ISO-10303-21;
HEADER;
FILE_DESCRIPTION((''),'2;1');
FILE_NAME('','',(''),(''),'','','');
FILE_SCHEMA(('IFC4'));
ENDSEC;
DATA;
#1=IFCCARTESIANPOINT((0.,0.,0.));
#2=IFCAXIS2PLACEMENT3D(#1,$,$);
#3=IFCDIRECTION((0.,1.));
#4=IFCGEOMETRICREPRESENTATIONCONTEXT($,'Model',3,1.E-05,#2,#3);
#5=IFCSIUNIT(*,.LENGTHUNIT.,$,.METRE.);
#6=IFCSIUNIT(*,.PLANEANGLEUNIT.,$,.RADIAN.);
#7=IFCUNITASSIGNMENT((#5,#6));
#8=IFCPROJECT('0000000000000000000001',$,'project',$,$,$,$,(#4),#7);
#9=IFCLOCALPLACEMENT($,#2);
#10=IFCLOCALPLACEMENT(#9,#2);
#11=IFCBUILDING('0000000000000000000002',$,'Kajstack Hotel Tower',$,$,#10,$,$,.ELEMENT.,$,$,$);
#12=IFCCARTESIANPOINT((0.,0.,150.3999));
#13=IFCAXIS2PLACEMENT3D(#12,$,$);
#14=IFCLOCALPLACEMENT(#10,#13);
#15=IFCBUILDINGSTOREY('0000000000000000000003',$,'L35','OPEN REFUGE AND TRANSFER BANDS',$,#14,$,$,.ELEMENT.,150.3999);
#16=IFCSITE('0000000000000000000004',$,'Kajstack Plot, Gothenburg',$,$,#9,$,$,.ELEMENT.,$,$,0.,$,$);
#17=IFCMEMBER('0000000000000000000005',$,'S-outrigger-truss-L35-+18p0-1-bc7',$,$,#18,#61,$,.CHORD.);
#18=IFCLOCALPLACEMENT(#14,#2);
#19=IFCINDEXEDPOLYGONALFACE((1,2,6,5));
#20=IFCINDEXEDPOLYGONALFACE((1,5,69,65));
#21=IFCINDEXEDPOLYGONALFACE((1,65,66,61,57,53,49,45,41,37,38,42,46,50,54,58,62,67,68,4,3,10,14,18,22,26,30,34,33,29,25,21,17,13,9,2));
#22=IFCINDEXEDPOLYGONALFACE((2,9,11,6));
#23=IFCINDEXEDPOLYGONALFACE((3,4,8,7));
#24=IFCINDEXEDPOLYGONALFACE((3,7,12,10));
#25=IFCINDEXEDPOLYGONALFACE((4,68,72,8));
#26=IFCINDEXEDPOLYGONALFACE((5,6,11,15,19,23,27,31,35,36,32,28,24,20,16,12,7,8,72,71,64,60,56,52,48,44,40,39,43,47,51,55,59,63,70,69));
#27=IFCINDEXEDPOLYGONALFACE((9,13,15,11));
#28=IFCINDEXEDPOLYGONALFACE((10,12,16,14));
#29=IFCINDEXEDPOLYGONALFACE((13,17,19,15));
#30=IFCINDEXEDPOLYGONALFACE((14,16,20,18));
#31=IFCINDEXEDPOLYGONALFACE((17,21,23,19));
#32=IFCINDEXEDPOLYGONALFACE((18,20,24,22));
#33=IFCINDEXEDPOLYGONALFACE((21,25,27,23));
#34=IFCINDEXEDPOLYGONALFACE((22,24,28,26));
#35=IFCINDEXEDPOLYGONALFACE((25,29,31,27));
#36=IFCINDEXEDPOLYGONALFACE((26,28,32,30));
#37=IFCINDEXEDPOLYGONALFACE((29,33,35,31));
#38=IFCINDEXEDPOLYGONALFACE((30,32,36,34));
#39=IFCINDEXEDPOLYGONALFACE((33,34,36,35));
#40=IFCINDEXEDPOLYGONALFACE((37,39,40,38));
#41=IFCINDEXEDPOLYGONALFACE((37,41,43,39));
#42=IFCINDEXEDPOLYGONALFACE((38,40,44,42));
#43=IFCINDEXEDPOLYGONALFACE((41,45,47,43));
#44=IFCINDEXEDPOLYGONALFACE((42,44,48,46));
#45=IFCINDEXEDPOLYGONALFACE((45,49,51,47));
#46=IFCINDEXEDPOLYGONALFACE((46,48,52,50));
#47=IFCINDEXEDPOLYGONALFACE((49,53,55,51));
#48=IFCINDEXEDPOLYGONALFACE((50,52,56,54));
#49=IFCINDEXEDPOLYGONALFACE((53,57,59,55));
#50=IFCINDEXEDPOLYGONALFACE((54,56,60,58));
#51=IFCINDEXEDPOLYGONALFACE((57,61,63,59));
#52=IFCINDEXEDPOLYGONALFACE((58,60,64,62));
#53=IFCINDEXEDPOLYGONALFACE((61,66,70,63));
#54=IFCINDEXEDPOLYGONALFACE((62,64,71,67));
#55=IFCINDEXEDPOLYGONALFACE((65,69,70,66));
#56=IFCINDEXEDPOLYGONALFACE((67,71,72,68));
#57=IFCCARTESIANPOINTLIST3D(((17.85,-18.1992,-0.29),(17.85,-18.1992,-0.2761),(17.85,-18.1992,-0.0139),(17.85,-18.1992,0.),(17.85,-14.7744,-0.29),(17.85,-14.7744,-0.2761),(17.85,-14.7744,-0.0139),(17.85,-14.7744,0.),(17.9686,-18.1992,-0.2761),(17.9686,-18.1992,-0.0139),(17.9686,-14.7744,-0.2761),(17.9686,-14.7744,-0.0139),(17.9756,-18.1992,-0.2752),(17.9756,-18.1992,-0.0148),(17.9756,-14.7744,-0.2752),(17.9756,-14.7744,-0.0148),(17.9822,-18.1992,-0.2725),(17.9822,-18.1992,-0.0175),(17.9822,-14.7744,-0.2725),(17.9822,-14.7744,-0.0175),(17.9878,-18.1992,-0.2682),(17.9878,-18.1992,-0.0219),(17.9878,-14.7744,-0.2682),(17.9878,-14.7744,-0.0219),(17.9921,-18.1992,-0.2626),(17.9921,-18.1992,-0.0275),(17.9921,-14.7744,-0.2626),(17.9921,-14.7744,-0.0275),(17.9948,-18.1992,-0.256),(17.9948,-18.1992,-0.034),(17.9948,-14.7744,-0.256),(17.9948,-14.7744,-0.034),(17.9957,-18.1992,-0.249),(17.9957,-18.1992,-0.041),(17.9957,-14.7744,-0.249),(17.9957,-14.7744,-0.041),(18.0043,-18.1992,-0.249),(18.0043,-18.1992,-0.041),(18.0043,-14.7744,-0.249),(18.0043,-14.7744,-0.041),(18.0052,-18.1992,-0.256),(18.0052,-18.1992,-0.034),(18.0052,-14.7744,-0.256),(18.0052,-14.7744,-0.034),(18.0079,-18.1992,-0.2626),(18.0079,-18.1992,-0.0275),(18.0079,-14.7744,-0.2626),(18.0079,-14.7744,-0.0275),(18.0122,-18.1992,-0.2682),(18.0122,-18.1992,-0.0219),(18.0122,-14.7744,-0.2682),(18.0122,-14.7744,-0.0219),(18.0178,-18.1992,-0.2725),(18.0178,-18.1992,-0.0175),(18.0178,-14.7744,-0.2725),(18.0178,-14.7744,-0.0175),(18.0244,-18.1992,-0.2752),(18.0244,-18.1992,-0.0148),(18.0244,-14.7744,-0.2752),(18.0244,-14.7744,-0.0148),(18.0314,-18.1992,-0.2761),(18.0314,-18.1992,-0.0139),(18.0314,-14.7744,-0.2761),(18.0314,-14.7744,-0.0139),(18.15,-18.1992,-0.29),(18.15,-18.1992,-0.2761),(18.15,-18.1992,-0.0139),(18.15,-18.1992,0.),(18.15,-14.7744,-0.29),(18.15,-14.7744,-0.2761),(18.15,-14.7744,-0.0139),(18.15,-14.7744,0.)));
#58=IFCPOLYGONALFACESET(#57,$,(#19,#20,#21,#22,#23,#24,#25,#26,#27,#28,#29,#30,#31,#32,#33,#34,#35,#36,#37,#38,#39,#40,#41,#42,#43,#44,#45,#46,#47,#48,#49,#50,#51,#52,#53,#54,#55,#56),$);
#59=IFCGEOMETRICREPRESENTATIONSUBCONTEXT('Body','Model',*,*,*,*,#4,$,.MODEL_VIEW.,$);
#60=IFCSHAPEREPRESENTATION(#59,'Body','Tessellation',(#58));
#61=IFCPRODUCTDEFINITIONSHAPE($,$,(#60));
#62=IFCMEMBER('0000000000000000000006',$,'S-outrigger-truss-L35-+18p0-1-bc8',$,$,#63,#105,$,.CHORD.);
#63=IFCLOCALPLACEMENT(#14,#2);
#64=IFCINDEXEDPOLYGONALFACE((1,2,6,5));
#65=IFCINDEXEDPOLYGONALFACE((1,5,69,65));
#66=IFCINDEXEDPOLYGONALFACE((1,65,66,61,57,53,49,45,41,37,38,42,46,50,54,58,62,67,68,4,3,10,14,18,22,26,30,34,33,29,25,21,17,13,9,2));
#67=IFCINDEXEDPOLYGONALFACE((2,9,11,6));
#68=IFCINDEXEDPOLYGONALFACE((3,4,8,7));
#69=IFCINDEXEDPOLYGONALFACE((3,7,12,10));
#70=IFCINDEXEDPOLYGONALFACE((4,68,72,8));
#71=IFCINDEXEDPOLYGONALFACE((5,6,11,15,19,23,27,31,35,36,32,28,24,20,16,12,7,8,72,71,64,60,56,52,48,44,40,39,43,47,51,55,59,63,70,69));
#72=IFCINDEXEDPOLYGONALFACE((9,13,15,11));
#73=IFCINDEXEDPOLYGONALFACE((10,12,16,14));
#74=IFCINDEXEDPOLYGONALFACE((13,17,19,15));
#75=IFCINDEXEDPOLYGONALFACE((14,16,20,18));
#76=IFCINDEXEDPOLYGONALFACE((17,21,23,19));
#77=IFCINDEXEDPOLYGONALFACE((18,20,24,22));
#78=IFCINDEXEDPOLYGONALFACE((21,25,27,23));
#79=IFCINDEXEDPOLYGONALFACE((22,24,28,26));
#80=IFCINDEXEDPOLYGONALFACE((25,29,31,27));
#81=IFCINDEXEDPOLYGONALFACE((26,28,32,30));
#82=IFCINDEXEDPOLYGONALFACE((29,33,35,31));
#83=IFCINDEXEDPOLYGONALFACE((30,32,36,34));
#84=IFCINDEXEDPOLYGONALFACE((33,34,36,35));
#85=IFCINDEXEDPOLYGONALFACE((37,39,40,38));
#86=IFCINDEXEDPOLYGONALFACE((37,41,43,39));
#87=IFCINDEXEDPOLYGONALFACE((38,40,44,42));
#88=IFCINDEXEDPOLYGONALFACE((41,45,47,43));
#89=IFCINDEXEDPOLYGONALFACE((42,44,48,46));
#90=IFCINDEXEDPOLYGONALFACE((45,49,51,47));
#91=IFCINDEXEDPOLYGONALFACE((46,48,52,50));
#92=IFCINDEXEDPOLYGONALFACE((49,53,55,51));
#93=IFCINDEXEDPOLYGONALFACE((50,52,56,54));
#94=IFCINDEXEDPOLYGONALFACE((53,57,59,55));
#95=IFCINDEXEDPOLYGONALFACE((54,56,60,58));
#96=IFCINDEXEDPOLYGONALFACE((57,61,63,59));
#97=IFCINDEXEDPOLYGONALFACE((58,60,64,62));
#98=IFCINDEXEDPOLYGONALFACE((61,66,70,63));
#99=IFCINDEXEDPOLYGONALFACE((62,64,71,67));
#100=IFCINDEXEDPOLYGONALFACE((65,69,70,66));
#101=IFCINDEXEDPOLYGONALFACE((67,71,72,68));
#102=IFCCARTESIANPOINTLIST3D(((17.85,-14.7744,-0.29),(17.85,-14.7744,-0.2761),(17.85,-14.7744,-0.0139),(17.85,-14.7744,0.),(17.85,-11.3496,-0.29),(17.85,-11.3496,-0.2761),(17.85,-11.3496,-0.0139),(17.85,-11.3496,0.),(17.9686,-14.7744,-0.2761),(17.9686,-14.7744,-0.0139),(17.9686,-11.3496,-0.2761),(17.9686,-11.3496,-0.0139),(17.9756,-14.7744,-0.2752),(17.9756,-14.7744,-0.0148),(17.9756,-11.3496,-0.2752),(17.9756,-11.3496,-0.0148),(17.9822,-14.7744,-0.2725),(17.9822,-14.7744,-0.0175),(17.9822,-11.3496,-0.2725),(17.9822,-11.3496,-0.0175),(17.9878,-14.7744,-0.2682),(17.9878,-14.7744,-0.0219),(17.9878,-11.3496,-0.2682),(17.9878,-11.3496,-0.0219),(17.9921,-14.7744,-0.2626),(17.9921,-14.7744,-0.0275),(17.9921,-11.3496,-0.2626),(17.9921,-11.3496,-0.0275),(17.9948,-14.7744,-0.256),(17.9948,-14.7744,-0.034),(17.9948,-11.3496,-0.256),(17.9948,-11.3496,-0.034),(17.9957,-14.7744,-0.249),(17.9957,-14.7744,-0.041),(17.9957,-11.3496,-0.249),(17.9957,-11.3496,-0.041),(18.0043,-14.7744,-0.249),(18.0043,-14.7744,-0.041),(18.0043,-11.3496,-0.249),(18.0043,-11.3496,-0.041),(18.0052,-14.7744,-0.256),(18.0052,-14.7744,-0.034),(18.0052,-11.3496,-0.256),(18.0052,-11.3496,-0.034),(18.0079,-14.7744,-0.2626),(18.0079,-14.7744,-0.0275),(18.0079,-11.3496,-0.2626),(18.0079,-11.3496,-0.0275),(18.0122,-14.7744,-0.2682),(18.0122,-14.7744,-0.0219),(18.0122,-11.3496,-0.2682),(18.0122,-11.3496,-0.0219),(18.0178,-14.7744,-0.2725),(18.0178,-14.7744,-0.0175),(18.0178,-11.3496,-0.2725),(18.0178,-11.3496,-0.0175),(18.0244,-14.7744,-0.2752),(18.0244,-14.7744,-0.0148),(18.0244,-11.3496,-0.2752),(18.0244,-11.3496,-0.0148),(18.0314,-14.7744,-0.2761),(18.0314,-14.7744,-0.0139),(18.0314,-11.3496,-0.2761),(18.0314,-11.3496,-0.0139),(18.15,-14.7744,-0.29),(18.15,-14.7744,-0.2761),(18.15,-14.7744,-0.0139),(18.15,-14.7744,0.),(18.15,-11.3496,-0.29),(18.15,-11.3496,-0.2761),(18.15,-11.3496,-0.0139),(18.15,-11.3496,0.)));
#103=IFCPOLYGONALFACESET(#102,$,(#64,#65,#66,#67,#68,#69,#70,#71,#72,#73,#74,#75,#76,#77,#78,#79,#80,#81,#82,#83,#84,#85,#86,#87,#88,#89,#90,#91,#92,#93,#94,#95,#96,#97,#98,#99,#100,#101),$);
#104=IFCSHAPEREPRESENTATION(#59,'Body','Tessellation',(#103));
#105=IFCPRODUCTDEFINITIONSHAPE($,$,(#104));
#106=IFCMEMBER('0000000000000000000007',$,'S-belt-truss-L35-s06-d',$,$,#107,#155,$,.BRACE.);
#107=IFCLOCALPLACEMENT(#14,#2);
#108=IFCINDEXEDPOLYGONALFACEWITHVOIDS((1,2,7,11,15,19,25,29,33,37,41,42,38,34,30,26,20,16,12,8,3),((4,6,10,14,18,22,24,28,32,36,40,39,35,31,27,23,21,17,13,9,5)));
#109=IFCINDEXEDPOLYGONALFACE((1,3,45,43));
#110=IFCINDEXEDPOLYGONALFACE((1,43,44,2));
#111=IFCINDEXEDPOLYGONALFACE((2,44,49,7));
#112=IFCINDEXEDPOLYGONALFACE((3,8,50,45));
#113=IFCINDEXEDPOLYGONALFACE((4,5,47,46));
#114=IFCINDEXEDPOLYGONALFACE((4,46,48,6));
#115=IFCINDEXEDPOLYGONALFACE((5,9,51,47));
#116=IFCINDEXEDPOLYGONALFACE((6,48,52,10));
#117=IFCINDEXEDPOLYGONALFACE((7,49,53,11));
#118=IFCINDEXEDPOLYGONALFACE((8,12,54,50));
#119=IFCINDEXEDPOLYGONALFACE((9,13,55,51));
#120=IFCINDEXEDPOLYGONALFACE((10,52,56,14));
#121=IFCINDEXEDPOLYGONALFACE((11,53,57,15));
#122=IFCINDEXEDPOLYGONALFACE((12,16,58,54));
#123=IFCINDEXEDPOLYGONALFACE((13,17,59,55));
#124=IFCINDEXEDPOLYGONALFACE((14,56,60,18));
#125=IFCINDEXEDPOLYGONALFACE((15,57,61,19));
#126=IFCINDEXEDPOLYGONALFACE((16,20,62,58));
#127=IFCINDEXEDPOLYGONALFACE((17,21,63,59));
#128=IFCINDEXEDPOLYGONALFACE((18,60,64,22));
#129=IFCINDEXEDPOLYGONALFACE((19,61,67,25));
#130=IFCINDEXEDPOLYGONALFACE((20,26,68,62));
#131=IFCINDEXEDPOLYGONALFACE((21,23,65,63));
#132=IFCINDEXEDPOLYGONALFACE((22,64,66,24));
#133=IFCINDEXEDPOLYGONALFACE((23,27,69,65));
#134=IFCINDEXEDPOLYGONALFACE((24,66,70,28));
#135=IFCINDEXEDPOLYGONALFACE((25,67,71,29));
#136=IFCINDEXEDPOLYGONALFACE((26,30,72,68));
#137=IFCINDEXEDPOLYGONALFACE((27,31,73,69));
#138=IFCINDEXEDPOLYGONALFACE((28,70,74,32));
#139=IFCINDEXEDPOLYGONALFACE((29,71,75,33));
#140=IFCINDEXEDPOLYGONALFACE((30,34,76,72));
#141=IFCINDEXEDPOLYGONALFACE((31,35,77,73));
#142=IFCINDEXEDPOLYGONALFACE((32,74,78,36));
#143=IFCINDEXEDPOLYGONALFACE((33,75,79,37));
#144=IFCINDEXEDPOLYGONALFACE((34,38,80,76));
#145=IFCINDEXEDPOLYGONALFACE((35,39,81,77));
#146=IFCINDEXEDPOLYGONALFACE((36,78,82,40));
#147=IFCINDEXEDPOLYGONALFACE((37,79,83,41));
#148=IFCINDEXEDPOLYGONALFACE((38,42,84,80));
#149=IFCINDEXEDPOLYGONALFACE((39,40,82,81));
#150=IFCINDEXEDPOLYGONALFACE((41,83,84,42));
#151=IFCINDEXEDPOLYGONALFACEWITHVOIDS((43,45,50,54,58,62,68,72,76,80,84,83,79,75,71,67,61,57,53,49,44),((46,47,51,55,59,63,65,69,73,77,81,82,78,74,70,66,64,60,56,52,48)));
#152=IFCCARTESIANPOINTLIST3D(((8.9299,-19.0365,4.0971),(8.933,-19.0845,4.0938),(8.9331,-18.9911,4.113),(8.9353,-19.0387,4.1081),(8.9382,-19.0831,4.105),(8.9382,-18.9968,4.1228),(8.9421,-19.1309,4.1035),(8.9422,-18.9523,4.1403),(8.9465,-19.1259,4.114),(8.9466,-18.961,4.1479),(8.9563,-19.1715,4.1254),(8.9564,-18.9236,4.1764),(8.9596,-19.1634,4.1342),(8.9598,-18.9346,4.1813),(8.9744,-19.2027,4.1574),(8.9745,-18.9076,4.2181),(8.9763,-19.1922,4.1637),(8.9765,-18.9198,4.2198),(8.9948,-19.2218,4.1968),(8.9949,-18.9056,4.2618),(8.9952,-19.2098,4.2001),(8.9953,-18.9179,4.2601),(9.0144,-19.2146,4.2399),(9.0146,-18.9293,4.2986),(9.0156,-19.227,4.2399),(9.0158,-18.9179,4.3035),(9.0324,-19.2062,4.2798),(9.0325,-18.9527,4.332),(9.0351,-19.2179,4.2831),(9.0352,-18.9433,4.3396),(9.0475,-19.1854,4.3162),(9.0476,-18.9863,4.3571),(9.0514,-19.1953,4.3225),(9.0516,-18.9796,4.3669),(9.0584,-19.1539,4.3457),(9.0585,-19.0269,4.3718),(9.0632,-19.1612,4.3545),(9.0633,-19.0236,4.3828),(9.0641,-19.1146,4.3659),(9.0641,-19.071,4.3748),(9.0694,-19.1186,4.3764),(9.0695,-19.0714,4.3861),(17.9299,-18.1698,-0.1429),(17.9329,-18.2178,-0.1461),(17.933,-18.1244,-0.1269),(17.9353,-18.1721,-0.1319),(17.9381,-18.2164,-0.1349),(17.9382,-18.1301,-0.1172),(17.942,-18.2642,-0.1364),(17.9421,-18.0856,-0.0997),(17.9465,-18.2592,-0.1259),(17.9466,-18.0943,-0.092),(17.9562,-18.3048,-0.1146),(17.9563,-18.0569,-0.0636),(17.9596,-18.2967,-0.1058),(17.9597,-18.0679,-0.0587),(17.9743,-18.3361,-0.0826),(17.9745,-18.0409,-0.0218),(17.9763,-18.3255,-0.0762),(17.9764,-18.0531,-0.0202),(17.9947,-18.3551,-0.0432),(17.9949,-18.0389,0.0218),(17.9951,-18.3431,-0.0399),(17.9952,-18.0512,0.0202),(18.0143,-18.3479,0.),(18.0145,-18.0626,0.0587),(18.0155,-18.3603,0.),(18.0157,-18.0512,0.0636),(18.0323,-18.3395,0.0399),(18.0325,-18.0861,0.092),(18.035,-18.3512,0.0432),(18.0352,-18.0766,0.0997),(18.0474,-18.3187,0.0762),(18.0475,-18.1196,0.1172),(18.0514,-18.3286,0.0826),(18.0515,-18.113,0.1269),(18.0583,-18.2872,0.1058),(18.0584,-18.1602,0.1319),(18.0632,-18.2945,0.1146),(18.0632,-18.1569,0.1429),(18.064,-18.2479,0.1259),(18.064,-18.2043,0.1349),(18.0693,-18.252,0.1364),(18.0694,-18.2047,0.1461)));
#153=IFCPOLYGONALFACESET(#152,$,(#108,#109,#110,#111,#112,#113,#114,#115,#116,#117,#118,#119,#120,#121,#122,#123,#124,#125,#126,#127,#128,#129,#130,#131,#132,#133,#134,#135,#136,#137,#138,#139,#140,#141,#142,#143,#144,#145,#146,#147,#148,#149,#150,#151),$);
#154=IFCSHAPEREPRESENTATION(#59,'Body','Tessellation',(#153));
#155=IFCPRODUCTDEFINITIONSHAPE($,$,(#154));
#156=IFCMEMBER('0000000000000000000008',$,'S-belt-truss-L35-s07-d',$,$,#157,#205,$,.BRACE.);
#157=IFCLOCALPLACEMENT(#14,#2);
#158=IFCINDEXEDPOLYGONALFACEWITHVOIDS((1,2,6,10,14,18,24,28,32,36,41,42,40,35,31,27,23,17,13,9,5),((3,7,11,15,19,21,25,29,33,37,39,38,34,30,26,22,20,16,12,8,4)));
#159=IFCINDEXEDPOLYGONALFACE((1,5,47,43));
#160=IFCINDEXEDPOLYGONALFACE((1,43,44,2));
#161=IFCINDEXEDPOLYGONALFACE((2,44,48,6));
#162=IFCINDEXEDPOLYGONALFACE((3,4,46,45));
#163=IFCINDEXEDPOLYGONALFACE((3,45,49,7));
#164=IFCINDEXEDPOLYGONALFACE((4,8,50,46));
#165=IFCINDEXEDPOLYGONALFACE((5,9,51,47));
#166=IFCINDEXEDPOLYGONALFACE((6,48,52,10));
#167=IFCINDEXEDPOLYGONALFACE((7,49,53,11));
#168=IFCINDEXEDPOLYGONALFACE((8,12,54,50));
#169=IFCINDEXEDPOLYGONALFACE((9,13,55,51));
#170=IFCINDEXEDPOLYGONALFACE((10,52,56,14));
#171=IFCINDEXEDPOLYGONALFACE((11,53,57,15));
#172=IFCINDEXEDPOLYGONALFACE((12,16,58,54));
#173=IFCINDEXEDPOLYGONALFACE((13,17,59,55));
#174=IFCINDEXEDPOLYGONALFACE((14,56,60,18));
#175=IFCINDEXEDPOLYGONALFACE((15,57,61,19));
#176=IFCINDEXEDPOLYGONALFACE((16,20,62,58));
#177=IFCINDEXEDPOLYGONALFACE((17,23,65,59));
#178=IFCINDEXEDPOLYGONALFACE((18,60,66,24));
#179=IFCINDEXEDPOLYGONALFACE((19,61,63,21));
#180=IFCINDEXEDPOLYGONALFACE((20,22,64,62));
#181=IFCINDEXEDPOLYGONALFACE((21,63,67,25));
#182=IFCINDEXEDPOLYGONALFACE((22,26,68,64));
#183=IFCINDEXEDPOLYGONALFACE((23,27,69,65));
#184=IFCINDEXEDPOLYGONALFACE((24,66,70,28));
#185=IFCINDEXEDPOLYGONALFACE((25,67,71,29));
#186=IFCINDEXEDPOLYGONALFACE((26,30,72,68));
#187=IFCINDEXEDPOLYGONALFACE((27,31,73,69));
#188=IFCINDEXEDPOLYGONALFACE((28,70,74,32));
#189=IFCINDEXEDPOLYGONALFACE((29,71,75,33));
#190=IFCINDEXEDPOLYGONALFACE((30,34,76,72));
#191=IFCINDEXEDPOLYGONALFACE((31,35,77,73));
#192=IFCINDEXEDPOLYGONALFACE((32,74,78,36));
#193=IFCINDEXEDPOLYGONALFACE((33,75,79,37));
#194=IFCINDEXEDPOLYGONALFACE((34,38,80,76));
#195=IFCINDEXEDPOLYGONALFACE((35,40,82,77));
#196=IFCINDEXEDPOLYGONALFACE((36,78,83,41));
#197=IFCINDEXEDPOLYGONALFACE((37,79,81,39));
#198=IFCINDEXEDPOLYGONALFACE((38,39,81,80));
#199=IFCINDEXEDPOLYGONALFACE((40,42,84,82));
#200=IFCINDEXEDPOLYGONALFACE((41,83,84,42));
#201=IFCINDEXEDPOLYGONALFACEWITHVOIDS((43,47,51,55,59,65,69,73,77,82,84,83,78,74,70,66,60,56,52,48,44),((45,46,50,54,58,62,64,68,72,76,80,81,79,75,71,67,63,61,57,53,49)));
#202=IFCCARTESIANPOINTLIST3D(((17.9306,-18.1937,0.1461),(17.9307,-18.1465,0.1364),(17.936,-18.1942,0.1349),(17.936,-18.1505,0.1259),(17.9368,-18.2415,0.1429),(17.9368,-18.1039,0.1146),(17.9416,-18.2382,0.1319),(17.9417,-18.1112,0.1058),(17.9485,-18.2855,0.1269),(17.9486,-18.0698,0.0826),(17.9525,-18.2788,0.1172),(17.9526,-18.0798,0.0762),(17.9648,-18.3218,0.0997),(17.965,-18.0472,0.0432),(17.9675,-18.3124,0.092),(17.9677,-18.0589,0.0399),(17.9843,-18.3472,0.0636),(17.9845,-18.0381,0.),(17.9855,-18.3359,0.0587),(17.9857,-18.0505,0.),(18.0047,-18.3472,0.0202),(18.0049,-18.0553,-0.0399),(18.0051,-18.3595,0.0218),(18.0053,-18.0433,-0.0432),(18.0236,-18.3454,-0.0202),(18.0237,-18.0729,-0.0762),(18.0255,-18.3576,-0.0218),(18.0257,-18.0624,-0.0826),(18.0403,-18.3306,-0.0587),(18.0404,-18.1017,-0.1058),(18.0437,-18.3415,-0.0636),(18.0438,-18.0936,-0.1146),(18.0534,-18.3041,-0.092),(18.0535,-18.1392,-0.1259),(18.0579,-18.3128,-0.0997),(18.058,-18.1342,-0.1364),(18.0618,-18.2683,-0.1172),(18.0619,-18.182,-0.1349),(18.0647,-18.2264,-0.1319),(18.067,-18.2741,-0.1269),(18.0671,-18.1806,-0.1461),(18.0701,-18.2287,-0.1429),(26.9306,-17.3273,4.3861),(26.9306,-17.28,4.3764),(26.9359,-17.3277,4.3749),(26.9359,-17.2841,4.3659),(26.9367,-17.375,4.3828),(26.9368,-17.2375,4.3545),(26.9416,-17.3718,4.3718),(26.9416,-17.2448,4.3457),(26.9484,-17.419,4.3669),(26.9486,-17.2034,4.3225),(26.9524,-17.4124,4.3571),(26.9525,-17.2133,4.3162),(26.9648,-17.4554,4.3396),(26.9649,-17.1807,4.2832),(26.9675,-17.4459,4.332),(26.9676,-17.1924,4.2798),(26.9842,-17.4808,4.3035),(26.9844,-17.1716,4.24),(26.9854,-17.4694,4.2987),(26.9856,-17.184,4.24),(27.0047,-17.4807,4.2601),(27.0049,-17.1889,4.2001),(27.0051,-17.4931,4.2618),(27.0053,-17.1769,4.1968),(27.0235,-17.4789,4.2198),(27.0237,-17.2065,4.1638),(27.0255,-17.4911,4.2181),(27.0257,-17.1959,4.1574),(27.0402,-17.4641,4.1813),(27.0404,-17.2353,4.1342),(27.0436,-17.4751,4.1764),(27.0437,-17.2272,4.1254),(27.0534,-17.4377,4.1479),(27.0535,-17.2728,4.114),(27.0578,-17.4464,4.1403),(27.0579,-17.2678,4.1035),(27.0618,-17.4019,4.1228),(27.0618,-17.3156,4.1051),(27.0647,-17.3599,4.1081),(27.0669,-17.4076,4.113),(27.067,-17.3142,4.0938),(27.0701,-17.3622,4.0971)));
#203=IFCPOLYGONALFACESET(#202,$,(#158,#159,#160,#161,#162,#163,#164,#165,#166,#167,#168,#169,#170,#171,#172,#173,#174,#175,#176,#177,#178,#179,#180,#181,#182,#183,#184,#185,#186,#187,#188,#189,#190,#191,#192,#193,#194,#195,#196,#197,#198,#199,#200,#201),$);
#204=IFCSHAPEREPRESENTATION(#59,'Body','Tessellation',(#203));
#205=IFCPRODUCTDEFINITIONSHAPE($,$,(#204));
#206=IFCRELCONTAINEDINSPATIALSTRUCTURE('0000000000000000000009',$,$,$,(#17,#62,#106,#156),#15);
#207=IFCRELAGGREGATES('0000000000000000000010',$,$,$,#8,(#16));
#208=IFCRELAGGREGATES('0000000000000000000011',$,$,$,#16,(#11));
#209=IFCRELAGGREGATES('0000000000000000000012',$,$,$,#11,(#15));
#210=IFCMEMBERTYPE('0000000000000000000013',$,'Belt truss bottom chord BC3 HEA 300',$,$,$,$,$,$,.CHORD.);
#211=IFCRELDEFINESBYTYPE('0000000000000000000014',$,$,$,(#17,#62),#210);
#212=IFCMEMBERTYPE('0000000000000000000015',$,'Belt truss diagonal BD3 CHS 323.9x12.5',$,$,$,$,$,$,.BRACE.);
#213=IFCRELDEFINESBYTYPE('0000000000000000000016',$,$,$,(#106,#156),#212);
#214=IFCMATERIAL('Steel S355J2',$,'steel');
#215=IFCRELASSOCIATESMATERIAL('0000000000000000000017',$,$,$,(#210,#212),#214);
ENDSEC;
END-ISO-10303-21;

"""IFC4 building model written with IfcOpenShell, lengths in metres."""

from ifc_helpers import new_model, si_unit, direction, frame, origin, origin_2d, place, context, subcontext, project, spatial, hollow_circle, i_section, extrude, material, material_profile, profile_set, type_object, element, save


model = new_model("IFC4")

# Units and contexts
model_context = context("Model", 3, precision=1e-05, world=origin(), true_north=direction((0.0, 1.0)))
body_context = subcontext(model_context, "Body", "Model", "MODEL_VIEW")
ifc_project = project(units=[si_unit("LENGTHUNIT", "METRE"), si_unit("PLANEANGLEUNIT", "RADIAN")], contexts=[model_context])

# Site, building, storey
site_placement = place(None, origin())
site = spatial("IfcSite", under=ifc_project, at=site_placement, Name="Kajstack Plot, Gothenburg", CompositionType="ELEMENT", RefElevation=0.0)
building_placement = place(site_placement, origin())
building = spatial("IfcBuilding", under=site, at=building_placement, Name="Kajstack Hotel Tower", CompositionType="ELEMENT")
storey_placement = place(building_placement, frame((0.0, 0.0, 150.3999)))
storey = spatial("IfcBuildingStorey", under=building, at=storey_placement, Name="L35", Description="OPEN REFUGE AND TRANSFER BANDS", CompositionType="ELEMENT", Elevation=150.3999)

# Members
ifc_material_1 = material(Name="Steel S355J2", Category="steel")
ifc_material_profile_1 = material_profile(ifc_material_1, i_section(OverallWidth=0.3, OverallDepth=0.29, WebThickness=0.0085, FlangeThickness=0.0139, FilletRadius=0.0271, at=origin_2d()), Name="HEA 300")
ifc_profile_set_1 = profile_set([ifc_material_profile_1], Name="Steel S355J2")
member_type_1 = type_object("IfcMemberType", Name="Belt truss bottom chord BC3 HEA 300", PredefinedType="CHORD", material=ifc_profile_set_1)
for number, where, z_axis, x_axis, name in (
    (1, (18.0, -18.1992, -0.145), (0.0, 1.0, 0.0), (-1.0, 0.0, 0.0), "S-outrigger-truss-L35-+18p0-1-bc7"),
    (2, (18.0, -14.7744, -0.145), (0.0, 1.0, 0.0), (-1.0, 0.0, 0.0), "S-outrigger-truss-L35-+18p0-1-bc8"),
):
    element("IfcMember", number, at=place(storey_placement, frame(where, z_axis=z_axis, x_axis=x_axis)), inside=storey, type_object=member_type_1, Name=name, PredefinedType="CHORD", context=body_context, shape_type="SweptSolid", body=[
        extrude(i_section(OverallWidth=0.3, OverallDepth=0.29, WebThickness=0.0085, FlangeThickness=0.0139, FilletRadius=0.0271, at=origin_2d()), origin(), (0.0, 0.0, 1.0), 3.4248),
    ])
ifc_material_profile_2 = material_profile(ifc_material_1, hollow_circle(Radius=0.1619, WallThickness=0.0125, at=origin_2d()), Name="CHS 323.9x12.5")
ifc_profile_set_2 = profile_set([ifc_material_profile_2], Name="Steel S355J2")
member_type_2 = type_object("IfcMemberType", Name="Belt truss diagonal BD3 CHS 323.9x12.5", PredefinedType="BRACE", material=ifc_profile_set_2)
for number, where, z_axis, x_axis, name in (
    (3, (18.0, -18.1992, 0.0), (-0.901223, -0.086788, 0.424575), (0.095856, -0.995395, 0.0), "S-belt-truss-L35-s06-d"),
    (4, (18.0, -18.1992, 0.0), (0.901225, 0.086763, 0.424576), (-0.09583, 0.995398, 0.0), "S-belt-truss-L35-s07-d"),
):
    element("IfcMember", number, at=place(storey_placement, frame(where, z_axis=z_axis, x_axis=x_axis)), inside=storey, type_object=member_type_2, Name=name, PredefinedType="BRACE", context=body_context, shape_type="SweptSolid", body=[
        extrude(hollow_circle(Radius=0.1619, WallThickness=0.0125, at=origin_2d()), origin(), (0.0, 0.0, 1.0), 9.9863),
    ])

save(model, "model.ifc")
